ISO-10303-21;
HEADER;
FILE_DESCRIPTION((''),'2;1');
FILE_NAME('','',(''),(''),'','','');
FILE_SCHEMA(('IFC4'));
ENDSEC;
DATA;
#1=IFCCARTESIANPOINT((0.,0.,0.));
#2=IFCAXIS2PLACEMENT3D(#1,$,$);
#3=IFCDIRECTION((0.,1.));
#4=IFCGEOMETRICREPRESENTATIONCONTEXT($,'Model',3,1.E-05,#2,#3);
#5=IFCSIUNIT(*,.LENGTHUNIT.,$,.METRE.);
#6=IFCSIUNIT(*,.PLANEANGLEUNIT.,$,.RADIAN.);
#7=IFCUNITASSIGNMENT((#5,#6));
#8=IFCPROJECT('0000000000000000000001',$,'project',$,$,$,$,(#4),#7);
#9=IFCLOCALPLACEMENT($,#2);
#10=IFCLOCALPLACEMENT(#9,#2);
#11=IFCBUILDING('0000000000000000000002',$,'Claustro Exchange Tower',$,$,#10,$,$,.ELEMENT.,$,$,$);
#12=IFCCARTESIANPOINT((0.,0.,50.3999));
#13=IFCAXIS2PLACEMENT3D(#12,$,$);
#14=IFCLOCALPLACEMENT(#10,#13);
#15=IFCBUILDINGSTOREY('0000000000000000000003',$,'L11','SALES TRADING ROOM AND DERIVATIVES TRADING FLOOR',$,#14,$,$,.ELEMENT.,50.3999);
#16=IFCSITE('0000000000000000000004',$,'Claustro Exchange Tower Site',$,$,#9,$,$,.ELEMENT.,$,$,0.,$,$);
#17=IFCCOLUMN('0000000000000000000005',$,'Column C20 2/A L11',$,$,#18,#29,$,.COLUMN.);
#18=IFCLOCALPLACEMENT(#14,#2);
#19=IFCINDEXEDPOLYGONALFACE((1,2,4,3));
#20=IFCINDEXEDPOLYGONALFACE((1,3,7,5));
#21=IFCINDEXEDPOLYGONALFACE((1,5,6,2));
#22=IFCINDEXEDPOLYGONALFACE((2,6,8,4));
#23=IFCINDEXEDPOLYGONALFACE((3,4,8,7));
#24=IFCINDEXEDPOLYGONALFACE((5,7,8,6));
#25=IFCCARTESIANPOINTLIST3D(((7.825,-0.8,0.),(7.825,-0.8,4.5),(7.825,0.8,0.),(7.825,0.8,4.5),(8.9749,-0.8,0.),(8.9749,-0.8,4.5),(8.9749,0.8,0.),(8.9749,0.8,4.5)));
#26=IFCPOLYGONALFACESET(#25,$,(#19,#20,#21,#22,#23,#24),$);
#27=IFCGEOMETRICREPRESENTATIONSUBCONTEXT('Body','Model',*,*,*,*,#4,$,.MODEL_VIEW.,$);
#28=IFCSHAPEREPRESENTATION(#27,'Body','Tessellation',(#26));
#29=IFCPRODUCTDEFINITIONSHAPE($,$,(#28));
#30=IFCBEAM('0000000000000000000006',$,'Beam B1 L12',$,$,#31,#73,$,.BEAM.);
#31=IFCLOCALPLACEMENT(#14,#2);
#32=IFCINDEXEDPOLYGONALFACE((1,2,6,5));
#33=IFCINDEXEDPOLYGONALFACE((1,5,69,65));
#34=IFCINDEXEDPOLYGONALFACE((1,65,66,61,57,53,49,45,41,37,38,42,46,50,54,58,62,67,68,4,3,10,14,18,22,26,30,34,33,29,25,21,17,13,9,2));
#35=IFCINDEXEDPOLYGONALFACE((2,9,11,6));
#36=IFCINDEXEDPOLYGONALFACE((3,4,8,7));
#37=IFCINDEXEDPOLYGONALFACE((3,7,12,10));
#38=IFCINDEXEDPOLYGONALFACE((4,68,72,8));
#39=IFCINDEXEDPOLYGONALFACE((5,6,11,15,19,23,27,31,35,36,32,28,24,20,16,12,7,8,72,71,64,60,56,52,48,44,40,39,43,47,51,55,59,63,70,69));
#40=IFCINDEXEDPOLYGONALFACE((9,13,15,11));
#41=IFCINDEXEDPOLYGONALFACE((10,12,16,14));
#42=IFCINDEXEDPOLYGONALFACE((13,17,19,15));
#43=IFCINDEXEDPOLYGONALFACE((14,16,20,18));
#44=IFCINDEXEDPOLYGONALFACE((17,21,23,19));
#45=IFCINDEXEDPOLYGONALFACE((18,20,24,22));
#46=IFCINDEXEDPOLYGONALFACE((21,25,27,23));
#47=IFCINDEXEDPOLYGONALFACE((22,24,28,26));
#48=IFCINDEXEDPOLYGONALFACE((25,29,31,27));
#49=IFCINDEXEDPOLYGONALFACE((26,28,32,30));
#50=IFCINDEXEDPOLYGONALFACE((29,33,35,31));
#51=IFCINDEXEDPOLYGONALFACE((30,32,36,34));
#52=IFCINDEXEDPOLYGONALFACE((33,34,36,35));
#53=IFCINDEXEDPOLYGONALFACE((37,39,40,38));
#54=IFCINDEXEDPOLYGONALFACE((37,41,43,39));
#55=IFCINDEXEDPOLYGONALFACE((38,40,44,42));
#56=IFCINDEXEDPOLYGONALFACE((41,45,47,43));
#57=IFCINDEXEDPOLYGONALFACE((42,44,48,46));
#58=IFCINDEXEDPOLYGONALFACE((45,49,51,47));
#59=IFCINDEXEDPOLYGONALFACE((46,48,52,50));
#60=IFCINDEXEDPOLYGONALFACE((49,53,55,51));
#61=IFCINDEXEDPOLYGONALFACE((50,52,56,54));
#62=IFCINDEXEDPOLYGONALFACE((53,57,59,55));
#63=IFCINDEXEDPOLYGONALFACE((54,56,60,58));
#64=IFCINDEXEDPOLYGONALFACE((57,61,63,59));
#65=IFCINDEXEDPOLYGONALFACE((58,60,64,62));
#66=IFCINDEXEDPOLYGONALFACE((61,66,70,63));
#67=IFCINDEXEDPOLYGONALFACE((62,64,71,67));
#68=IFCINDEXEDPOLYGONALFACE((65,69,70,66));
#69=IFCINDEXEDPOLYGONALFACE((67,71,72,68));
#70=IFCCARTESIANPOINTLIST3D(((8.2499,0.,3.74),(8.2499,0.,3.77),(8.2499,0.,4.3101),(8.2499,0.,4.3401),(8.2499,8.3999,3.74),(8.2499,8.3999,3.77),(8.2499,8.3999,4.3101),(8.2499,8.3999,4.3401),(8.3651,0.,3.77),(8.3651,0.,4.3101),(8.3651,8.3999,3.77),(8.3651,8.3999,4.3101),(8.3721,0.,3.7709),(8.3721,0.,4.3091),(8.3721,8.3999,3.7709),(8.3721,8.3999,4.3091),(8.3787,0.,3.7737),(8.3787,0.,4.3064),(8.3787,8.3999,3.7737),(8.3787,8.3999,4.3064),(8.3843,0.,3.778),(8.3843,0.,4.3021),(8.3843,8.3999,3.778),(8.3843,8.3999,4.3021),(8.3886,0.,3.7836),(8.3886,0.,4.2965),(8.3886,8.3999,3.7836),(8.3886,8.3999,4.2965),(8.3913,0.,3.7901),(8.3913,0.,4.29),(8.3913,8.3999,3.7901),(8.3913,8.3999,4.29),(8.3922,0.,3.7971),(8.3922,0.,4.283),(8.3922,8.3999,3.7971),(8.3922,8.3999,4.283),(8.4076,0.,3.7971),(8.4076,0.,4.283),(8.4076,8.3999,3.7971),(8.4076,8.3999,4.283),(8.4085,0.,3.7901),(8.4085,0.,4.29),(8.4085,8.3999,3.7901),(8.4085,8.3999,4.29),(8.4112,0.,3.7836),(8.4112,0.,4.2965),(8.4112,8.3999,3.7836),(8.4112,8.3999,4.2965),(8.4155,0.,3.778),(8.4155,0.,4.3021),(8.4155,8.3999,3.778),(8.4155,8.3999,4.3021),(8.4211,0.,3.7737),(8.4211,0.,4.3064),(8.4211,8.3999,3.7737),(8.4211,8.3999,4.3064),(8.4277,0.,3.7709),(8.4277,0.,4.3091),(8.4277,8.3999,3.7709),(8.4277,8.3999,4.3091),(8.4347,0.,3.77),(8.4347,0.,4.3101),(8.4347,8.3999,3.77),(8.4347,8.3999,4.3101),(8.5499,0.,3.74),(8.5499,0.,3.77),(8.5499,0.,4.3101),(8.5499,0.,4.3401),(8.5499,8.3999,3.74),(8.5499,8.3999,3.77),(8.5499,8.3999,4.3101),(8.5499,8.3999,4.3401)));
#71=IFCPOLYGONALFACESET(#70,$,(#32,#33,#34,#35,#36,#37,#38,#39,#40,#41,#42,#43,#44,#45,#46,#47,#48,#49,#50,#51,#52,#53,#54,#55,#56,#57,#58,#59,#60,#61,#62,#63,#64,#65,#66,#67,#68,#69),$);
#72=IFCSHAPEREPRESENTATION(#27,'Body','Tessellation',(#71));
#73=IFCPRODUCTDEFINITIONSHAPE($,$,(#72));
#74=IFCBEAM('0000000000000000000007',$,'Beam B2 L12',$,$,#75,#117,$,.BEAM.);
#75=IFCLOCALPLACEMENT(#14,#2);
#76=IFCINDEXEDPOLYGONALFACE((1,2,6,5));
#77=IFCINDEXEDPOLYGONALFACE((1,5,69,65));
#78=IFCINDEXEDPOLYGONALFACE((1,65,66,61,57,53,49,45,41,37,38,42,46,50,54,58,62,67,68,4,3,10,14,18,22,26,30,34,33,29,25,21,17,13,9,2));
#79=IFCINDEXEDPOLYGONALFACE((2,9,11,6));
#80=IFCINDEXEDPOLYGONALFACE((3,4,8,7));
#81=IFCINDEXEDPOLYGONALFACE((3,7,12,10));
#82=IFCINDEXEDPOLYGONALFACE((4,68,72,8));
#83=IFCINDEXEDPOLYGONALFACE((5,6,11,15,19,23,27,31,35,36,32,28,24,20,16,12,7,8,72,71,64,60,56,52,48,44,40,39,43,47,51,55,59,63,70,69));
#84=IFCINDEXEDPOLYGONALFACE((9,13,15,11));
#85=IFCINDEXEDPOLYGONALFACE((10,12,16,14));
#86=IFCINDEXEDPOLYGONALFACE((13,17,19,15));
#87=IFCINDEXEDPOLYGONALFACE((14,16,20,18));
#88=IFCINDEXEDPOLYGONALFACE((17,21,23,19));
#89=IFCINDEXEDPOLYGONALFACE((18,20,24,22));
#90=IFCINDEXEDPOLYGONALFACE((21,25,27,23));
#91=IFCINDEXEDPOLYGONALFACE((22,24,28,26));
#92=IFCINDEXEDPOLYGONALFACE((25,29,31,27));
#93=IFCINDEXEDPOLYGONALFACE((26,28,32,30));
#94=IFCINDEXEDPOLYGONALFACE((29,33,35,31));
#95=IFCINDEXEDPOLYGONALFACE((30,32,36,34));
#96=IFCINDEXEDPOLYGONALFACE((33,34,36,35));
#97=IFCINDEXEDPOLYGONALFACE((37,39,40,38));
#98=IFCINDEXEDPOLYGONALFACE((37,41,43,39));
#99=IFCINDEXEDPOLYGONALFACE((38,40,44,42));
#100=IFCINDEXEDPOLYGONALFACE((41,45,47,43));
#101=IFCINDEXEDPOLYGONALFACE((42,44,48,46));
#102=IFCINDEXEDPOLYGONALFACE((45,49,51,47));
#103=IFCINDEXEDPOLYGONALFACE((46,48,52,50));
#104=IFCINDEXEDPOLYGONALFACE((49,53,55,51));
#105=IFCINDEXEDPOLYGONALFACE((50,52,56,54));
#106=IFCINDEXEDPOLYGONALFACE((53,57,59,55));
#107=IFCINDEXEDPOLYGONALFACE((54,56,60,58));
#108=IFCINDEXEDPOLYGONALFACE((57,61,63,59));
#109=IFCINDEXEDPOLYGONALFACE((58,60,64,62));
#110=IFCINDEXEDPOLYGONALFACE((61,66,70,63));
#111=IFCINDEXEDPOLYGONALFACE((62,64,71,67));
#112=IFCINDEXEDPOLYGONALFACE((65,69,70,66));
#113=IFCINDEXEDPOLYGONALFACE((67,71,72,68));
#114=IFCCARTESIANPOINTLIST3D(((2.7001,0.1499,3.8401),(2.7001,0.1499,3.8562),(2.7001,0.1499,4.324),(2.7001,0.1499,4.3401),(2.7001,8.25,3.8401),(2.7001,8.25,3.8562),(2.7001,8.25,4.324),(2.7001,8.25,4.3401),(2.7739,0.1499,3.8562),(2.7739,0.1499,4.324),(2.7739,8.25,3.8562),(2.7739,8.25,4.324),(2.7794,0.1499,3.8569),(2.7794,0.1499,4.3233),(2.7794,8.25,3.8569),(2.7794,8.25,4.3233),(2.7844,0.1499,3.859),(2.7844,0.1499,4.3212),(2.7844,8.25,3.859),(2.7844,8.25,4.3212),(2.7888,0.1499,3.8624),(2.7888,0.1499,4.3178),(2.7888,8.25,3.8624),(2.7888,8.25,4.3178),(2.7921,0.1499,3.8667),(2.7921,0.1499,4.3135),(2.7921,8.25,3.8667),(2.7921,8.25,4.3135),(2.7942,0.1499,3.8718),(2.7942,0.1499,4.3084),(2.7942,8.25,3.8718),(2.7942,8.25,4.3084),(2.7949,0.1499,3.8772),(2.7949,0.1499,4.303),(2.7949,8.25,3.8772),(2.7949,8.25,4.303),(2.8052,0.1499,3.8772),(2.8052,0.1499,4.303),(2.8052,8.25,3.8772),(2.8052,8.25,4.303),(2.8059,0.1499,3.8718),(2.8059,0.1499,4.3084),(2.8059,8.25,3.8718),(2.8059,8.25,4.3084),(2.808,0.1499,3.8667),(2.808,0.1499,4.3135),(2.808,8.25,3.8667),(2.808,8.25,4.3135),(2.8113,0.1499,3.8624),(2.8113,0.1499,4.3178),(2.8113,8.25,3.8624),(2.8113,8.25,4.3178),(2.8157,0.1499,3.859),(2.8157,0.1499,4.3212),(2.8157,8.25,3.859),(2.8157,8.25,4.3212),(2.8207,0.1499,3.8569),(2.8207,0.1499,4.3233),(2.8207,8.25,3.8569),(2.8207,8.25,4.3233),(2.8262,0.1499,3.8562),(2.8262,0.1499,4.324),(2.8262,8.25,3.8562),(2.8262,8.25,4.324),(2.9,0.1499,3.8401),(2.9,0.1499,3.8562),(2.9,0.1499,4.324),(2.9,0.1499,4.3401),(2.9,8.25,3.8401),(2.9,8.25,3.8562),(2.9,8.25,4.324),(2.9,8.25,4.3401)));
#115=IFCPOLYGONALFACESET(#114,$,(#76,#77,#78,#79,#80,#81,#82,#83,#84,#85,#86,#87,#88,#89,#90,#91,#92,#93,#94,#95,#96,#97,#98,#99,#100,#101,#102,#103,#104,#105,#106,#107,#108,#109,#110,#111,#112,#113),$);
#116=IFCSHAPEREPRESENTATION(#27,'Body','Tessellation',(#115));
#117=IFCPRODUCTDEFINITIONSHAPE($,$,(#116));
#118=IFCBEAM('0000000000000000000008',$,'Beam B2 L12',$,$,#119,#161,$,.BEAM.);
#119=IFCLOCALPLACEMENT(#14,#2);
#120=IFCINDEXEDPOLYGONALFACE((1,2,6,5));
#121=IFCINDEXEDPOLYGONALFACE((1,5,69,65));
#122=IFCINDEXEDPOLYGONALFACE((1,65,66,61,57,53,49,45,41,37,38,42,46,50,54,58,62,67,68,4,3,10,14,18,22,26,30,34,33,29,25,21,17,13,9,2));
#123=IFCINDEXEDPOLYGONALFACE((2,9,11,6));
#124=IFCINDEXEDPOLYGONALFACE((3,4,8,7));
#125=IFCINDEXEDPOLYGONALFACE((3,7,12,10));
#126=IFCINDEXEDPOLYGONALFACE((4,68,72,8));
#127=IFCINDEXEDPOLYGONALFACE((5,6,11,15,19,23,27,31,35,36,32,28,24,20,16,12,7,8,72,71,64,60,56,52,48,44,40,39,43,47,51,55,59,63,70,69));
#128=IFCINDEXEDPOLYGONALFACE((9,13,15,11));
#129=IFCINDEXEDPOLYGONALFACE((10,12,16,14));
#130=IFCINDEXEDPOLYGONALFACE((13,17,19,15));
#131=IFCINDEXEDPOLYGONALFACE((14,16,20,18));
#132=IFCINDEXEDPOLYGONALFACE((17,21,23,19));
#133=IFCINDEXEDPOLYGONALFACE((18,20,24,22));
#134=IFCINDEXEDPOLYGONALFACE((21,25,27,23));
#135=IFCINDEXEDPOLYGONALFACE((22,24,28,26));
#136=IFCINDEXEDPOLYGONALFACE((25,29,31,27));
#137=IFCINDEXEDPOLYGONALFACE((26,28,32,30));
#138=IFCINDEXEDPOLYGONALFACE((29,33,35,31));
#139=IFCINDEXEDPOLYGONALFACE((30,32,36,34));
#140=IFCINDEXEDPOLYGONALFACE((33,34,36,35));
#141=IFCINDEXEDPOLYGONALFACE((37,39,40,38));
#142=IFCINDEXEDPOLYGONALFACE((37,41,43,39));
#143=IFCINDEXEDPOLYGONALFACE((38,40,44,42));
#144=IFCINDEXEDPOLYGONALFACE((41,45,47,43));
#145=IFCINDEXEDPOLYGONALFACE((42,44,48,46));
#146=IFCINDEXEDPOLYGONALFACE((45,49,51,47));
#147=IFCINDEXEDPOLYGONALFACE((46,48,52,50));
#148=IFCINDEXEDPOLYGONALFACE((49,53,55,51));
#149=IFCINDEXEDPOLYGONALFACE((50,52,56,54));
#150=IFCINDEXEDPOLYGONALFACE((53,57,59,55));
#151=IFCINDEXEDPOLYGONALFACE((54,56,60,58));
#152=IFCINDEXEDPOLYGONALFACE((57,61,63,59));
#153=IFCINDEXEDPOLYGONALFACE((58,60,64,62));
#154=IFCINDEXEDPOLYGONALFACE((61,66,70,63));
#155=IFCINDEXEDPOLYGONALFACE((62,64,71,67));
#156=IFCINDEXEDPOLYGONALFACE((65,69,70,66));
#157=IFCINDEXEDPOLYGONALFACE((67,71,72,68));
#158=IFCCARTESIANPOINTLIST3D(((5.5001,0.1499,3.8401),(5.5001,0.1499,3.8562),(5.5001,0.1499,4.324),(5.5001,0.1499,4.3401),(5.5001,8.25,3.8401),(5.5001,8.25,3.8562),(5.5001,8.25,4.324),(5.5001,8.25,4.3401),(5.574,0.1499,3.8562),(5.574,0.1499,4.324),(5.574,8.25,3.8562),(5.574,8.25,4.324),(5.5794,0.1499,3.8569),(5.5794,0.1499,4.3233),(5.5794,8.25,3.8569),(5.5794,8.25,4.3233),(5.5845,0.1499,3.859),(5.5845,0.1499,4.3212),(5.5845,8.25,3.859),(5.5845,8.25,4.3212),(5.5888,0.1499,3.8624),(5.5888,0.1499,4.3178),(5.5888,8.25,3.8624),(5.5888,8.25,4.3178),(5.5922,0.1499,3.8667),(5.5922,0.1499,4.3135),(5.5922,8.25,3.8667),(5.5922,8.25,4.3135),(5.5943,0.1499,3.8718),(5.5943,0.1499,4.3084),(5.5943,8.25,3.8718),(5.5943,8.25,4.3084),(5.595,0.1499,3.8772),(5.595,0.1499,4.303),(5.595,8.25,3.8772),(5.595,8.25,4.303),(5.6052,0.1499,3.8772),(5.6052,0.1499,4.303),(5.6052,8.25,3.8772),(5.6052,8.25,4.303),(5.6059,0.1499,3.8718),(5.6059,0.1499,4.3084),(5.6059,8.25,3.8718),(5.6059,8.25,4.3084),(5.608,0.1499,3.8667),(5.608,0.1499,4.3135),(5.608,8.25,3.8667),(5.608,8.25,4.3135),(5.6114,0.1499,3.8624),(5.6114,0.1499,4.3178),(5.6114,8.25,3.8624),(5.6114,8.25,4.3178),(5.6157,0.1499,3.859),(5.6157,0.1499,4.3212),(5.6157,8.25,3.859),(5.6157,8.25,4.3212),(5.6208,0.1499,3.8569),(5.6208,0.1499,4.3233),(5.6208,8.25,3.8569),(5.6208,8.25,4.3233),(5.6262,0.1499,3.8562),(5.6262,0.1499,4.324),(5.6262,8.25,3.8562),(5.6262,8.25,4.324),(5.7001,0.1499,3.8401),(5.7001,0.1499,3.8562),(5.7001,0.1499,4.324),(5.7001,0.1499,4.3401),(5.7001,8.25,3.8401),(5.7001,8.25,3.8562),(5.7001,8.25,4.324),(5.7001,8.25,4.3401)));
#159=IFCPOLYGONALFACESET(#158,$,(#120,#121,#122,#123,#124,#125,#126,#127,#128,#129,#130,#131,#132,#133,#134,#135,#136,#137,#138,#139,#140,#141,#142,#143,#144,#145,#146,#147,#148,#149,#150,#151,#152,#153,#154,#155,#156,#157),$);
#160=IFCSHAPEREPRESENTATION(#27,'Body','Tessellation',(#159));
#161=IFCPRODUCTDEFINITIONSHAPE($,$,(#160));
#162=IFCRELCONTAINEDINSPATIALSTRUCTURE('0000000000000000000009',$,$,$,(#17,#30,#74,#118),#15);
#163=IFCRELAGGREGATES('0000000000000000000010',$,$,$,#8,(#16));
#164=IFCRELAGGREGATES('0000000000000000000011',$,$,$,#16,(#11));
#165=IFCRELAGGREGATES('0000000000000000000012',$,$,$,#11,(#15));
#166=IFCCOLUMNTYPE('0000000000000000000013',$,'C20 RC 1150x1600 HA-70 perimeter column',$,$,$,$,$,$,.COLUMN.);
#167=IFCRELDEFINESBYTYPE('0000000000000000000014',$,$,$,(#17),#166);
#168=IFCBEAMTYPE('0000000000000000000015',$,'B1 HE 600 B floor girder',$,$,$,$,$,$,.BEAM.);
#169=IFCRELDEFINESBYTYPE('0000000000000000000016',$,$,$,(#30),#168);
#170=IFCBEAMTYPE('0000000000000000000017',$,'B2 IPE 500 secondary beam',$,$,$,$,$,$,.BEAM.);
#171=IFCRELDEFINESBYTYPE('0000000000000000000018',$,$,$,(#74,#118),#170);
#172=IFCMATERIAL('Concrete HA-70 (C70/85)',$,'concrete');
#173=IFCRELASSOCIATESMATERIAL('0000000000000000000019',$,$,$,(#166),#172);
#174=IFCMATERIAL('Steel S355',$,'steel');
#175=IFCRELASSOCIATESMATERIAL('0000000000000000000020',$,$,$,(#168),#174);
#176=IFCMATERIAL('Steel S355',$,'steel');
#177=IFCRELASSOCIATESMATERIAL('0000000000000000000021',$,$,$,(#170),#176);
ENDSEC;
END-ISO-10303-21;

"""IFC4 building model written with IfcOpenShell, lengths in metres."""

from ifc_helpers import new_model, si_unit, direction, frame, origin, origin_2d, place, context, subcontext, project, spatial, rectangle, i_section, extrude, material, material_profile, profile_set, type_object, element, save


model = new_model("IFC4")

# Units and contexts
model_context = context("Model", 3, precision=1e-05, world=origin(), true_north=direction((0.0, 1.0)))
body_context = subcontext(model_context, "Body", "Model", "MODEL_VIEW")
ifc_project = project(units=[si_unit("LENGTHUNIT", "METRE"), si_unit("PLANEANGLEUNIT", "RADIAN")], contexts=[model_context])

# Site, building, storey
site_placement = place(None, origin())
site = spatial("IfcSite", under=ifc_project, at=site_placement, Name="Claustro Exchange Tower Site", CompositionType="ELEMENT", RefElevation=0.0)
building_placement = place(site_placement, origin())
building = spatial("IfcBuilding", under=site, at=building_placement, Name="Claustro Exchange Tower", CompositionType="ELEMENT")
storey_placement = place(building_placement, frame((0.0, 0.0, 50.3999)))
storey = spatial("IfcBuildingStorey", under=building, at=storey_placement, Name="L11", Description="SALES TRADING ROOM AND DERIVATIVES TRADING FLOOR", CompositionType="ELEMENT", Elevation=50.3999)

# Column
ifc_material_1 = material(Name="Concrete HA-70 (C70/85)", Category="concrete")
ifc_material_profile_1 = material_profile(ifc_material_1, rectangle(XDim=1.1499, YDim=1.6001, at=origin_2d()), Name="RC 1150x1600")
ifc_profile_set_1 = profile_set([ifc_material_profile_1], Name="Concrete HA-70 (C70/85)")
column_type = type_object("IfcColumnType", Name="C20 RC 1150x1600 HA-70 perimeter column", PredefinedType="COLUMN", material=ifc_profile_set_1)
column_placement = place(storey_placement, frame((8.3999, 0.0, 0.0), z_axis=(0.0, 0.0, 1.0), x_axis=(1.0, 0.0, 0.0)))
element("IfcColumn", 1, at=column_placement, inside=storey, type_object=column_type, Name="Column C20 2/A L11", PredefinedType="COLUMN", context=body_context, shape_type="SweptSolid", body=[
    extrude(rectangle(XDim=1.1499, YDim=1.6001, at=origin_2d()), origin(), (0.0, 0.0, 1.0), 4.5),
])

# Beams
ifc_material_2 = material(Name="Steel S355", Category="steel")
ifc_material_profile_2 = material_profile(ifc_material_2, i_section(OverallWidth=0.3, OverallDepth=0.6001, WebThickness=0.0154, FlangeThickness=0.03, FilletRadius=0.0271, at=origin_2d()), Name="HE 600 B")
ifc_profile_set_2 = profile_set([ifc_material_profile_2], Name="Steel S355")
beam_type_1 = type_object("IfcBeamType", Name="B1 HE 600 B floor girder", PredefinedType="BEAM", material=ifc_profile_set_2)
beam_1_placement = place(storey_placement, frame((8.3999, 0.0, 4.04), z_axis=(0.0, 1.0, 0.0), x_axis=(-1.0, 0.0, 0.0)))
element("IfcBeam", 2, at=beam_1_placement, inside=storey, type_object=beam_type_1, Name="Beam B1 L12", PredefinedType="BEAM", context=body_context, shape_type="SweptSolid", body=[
    extrude(i_section(OverallWidth=0.3, OverallDepth=0.6001, WebThickness=0.0154, FlangeThickness=0.03, FilletRadius=0.0271, at=origin_2d()), origin(), (0.0, 0.0, 1.0), 8.3999),
])
ifc_material_3 = material(Name="Steel S355", Category="steel")
ifc_material_profile_3 = material_profile(ifc_material_3, i_section(OverallWidth=0.2, OverallDepth=0.5, WebThickness=0.0103, FlangeThickness=0.0161, FilletRadius=0.021, at=origin_2d()), Name="IPE 500")
ifc_profile_set_3 = profile_set([ifc_material_profile_3], Name="Steel S355")
beam_type_2 = type_object("IfcBeamType", Name="B2 IPE 500 secondary beam", PredefinedType="BEAM", material=ifc_profile_set_3)
for number, where, z_axis, x_axis, name in (
    (3, (2.8, 0.1499, 4.0901), (0.0, 1.0, 0.0), (-1.0, 0.0, 0.0), "Beam B2 L12"),
    (4, (5.6001, 0.1499, 4.0901), (0.0, 1.0, 0.0), (-1.0, 0.0, 0.0), "Beam B2 L12"),
):
    element("IfcBeam", number, at=place(storey_placement, frame(where, z_axis=z_axis, x_axis=x_axis)), inside=storey, type_object=beam_type_2, Name=name, PredefinedType="BEAM", context=body_context, shape_type="SweptSolid", body=[
        extrude(i_section(OverallWidth=0.2, OverallDepth=0.5, WebThickness=0.0103, FlangeThickness=0.0161, FilletRadius=0.021, at=origin_2d()), origin(), (0.0, 0.0, 1.0), 8.1001),
    ])

save(model, "model.ifc")
